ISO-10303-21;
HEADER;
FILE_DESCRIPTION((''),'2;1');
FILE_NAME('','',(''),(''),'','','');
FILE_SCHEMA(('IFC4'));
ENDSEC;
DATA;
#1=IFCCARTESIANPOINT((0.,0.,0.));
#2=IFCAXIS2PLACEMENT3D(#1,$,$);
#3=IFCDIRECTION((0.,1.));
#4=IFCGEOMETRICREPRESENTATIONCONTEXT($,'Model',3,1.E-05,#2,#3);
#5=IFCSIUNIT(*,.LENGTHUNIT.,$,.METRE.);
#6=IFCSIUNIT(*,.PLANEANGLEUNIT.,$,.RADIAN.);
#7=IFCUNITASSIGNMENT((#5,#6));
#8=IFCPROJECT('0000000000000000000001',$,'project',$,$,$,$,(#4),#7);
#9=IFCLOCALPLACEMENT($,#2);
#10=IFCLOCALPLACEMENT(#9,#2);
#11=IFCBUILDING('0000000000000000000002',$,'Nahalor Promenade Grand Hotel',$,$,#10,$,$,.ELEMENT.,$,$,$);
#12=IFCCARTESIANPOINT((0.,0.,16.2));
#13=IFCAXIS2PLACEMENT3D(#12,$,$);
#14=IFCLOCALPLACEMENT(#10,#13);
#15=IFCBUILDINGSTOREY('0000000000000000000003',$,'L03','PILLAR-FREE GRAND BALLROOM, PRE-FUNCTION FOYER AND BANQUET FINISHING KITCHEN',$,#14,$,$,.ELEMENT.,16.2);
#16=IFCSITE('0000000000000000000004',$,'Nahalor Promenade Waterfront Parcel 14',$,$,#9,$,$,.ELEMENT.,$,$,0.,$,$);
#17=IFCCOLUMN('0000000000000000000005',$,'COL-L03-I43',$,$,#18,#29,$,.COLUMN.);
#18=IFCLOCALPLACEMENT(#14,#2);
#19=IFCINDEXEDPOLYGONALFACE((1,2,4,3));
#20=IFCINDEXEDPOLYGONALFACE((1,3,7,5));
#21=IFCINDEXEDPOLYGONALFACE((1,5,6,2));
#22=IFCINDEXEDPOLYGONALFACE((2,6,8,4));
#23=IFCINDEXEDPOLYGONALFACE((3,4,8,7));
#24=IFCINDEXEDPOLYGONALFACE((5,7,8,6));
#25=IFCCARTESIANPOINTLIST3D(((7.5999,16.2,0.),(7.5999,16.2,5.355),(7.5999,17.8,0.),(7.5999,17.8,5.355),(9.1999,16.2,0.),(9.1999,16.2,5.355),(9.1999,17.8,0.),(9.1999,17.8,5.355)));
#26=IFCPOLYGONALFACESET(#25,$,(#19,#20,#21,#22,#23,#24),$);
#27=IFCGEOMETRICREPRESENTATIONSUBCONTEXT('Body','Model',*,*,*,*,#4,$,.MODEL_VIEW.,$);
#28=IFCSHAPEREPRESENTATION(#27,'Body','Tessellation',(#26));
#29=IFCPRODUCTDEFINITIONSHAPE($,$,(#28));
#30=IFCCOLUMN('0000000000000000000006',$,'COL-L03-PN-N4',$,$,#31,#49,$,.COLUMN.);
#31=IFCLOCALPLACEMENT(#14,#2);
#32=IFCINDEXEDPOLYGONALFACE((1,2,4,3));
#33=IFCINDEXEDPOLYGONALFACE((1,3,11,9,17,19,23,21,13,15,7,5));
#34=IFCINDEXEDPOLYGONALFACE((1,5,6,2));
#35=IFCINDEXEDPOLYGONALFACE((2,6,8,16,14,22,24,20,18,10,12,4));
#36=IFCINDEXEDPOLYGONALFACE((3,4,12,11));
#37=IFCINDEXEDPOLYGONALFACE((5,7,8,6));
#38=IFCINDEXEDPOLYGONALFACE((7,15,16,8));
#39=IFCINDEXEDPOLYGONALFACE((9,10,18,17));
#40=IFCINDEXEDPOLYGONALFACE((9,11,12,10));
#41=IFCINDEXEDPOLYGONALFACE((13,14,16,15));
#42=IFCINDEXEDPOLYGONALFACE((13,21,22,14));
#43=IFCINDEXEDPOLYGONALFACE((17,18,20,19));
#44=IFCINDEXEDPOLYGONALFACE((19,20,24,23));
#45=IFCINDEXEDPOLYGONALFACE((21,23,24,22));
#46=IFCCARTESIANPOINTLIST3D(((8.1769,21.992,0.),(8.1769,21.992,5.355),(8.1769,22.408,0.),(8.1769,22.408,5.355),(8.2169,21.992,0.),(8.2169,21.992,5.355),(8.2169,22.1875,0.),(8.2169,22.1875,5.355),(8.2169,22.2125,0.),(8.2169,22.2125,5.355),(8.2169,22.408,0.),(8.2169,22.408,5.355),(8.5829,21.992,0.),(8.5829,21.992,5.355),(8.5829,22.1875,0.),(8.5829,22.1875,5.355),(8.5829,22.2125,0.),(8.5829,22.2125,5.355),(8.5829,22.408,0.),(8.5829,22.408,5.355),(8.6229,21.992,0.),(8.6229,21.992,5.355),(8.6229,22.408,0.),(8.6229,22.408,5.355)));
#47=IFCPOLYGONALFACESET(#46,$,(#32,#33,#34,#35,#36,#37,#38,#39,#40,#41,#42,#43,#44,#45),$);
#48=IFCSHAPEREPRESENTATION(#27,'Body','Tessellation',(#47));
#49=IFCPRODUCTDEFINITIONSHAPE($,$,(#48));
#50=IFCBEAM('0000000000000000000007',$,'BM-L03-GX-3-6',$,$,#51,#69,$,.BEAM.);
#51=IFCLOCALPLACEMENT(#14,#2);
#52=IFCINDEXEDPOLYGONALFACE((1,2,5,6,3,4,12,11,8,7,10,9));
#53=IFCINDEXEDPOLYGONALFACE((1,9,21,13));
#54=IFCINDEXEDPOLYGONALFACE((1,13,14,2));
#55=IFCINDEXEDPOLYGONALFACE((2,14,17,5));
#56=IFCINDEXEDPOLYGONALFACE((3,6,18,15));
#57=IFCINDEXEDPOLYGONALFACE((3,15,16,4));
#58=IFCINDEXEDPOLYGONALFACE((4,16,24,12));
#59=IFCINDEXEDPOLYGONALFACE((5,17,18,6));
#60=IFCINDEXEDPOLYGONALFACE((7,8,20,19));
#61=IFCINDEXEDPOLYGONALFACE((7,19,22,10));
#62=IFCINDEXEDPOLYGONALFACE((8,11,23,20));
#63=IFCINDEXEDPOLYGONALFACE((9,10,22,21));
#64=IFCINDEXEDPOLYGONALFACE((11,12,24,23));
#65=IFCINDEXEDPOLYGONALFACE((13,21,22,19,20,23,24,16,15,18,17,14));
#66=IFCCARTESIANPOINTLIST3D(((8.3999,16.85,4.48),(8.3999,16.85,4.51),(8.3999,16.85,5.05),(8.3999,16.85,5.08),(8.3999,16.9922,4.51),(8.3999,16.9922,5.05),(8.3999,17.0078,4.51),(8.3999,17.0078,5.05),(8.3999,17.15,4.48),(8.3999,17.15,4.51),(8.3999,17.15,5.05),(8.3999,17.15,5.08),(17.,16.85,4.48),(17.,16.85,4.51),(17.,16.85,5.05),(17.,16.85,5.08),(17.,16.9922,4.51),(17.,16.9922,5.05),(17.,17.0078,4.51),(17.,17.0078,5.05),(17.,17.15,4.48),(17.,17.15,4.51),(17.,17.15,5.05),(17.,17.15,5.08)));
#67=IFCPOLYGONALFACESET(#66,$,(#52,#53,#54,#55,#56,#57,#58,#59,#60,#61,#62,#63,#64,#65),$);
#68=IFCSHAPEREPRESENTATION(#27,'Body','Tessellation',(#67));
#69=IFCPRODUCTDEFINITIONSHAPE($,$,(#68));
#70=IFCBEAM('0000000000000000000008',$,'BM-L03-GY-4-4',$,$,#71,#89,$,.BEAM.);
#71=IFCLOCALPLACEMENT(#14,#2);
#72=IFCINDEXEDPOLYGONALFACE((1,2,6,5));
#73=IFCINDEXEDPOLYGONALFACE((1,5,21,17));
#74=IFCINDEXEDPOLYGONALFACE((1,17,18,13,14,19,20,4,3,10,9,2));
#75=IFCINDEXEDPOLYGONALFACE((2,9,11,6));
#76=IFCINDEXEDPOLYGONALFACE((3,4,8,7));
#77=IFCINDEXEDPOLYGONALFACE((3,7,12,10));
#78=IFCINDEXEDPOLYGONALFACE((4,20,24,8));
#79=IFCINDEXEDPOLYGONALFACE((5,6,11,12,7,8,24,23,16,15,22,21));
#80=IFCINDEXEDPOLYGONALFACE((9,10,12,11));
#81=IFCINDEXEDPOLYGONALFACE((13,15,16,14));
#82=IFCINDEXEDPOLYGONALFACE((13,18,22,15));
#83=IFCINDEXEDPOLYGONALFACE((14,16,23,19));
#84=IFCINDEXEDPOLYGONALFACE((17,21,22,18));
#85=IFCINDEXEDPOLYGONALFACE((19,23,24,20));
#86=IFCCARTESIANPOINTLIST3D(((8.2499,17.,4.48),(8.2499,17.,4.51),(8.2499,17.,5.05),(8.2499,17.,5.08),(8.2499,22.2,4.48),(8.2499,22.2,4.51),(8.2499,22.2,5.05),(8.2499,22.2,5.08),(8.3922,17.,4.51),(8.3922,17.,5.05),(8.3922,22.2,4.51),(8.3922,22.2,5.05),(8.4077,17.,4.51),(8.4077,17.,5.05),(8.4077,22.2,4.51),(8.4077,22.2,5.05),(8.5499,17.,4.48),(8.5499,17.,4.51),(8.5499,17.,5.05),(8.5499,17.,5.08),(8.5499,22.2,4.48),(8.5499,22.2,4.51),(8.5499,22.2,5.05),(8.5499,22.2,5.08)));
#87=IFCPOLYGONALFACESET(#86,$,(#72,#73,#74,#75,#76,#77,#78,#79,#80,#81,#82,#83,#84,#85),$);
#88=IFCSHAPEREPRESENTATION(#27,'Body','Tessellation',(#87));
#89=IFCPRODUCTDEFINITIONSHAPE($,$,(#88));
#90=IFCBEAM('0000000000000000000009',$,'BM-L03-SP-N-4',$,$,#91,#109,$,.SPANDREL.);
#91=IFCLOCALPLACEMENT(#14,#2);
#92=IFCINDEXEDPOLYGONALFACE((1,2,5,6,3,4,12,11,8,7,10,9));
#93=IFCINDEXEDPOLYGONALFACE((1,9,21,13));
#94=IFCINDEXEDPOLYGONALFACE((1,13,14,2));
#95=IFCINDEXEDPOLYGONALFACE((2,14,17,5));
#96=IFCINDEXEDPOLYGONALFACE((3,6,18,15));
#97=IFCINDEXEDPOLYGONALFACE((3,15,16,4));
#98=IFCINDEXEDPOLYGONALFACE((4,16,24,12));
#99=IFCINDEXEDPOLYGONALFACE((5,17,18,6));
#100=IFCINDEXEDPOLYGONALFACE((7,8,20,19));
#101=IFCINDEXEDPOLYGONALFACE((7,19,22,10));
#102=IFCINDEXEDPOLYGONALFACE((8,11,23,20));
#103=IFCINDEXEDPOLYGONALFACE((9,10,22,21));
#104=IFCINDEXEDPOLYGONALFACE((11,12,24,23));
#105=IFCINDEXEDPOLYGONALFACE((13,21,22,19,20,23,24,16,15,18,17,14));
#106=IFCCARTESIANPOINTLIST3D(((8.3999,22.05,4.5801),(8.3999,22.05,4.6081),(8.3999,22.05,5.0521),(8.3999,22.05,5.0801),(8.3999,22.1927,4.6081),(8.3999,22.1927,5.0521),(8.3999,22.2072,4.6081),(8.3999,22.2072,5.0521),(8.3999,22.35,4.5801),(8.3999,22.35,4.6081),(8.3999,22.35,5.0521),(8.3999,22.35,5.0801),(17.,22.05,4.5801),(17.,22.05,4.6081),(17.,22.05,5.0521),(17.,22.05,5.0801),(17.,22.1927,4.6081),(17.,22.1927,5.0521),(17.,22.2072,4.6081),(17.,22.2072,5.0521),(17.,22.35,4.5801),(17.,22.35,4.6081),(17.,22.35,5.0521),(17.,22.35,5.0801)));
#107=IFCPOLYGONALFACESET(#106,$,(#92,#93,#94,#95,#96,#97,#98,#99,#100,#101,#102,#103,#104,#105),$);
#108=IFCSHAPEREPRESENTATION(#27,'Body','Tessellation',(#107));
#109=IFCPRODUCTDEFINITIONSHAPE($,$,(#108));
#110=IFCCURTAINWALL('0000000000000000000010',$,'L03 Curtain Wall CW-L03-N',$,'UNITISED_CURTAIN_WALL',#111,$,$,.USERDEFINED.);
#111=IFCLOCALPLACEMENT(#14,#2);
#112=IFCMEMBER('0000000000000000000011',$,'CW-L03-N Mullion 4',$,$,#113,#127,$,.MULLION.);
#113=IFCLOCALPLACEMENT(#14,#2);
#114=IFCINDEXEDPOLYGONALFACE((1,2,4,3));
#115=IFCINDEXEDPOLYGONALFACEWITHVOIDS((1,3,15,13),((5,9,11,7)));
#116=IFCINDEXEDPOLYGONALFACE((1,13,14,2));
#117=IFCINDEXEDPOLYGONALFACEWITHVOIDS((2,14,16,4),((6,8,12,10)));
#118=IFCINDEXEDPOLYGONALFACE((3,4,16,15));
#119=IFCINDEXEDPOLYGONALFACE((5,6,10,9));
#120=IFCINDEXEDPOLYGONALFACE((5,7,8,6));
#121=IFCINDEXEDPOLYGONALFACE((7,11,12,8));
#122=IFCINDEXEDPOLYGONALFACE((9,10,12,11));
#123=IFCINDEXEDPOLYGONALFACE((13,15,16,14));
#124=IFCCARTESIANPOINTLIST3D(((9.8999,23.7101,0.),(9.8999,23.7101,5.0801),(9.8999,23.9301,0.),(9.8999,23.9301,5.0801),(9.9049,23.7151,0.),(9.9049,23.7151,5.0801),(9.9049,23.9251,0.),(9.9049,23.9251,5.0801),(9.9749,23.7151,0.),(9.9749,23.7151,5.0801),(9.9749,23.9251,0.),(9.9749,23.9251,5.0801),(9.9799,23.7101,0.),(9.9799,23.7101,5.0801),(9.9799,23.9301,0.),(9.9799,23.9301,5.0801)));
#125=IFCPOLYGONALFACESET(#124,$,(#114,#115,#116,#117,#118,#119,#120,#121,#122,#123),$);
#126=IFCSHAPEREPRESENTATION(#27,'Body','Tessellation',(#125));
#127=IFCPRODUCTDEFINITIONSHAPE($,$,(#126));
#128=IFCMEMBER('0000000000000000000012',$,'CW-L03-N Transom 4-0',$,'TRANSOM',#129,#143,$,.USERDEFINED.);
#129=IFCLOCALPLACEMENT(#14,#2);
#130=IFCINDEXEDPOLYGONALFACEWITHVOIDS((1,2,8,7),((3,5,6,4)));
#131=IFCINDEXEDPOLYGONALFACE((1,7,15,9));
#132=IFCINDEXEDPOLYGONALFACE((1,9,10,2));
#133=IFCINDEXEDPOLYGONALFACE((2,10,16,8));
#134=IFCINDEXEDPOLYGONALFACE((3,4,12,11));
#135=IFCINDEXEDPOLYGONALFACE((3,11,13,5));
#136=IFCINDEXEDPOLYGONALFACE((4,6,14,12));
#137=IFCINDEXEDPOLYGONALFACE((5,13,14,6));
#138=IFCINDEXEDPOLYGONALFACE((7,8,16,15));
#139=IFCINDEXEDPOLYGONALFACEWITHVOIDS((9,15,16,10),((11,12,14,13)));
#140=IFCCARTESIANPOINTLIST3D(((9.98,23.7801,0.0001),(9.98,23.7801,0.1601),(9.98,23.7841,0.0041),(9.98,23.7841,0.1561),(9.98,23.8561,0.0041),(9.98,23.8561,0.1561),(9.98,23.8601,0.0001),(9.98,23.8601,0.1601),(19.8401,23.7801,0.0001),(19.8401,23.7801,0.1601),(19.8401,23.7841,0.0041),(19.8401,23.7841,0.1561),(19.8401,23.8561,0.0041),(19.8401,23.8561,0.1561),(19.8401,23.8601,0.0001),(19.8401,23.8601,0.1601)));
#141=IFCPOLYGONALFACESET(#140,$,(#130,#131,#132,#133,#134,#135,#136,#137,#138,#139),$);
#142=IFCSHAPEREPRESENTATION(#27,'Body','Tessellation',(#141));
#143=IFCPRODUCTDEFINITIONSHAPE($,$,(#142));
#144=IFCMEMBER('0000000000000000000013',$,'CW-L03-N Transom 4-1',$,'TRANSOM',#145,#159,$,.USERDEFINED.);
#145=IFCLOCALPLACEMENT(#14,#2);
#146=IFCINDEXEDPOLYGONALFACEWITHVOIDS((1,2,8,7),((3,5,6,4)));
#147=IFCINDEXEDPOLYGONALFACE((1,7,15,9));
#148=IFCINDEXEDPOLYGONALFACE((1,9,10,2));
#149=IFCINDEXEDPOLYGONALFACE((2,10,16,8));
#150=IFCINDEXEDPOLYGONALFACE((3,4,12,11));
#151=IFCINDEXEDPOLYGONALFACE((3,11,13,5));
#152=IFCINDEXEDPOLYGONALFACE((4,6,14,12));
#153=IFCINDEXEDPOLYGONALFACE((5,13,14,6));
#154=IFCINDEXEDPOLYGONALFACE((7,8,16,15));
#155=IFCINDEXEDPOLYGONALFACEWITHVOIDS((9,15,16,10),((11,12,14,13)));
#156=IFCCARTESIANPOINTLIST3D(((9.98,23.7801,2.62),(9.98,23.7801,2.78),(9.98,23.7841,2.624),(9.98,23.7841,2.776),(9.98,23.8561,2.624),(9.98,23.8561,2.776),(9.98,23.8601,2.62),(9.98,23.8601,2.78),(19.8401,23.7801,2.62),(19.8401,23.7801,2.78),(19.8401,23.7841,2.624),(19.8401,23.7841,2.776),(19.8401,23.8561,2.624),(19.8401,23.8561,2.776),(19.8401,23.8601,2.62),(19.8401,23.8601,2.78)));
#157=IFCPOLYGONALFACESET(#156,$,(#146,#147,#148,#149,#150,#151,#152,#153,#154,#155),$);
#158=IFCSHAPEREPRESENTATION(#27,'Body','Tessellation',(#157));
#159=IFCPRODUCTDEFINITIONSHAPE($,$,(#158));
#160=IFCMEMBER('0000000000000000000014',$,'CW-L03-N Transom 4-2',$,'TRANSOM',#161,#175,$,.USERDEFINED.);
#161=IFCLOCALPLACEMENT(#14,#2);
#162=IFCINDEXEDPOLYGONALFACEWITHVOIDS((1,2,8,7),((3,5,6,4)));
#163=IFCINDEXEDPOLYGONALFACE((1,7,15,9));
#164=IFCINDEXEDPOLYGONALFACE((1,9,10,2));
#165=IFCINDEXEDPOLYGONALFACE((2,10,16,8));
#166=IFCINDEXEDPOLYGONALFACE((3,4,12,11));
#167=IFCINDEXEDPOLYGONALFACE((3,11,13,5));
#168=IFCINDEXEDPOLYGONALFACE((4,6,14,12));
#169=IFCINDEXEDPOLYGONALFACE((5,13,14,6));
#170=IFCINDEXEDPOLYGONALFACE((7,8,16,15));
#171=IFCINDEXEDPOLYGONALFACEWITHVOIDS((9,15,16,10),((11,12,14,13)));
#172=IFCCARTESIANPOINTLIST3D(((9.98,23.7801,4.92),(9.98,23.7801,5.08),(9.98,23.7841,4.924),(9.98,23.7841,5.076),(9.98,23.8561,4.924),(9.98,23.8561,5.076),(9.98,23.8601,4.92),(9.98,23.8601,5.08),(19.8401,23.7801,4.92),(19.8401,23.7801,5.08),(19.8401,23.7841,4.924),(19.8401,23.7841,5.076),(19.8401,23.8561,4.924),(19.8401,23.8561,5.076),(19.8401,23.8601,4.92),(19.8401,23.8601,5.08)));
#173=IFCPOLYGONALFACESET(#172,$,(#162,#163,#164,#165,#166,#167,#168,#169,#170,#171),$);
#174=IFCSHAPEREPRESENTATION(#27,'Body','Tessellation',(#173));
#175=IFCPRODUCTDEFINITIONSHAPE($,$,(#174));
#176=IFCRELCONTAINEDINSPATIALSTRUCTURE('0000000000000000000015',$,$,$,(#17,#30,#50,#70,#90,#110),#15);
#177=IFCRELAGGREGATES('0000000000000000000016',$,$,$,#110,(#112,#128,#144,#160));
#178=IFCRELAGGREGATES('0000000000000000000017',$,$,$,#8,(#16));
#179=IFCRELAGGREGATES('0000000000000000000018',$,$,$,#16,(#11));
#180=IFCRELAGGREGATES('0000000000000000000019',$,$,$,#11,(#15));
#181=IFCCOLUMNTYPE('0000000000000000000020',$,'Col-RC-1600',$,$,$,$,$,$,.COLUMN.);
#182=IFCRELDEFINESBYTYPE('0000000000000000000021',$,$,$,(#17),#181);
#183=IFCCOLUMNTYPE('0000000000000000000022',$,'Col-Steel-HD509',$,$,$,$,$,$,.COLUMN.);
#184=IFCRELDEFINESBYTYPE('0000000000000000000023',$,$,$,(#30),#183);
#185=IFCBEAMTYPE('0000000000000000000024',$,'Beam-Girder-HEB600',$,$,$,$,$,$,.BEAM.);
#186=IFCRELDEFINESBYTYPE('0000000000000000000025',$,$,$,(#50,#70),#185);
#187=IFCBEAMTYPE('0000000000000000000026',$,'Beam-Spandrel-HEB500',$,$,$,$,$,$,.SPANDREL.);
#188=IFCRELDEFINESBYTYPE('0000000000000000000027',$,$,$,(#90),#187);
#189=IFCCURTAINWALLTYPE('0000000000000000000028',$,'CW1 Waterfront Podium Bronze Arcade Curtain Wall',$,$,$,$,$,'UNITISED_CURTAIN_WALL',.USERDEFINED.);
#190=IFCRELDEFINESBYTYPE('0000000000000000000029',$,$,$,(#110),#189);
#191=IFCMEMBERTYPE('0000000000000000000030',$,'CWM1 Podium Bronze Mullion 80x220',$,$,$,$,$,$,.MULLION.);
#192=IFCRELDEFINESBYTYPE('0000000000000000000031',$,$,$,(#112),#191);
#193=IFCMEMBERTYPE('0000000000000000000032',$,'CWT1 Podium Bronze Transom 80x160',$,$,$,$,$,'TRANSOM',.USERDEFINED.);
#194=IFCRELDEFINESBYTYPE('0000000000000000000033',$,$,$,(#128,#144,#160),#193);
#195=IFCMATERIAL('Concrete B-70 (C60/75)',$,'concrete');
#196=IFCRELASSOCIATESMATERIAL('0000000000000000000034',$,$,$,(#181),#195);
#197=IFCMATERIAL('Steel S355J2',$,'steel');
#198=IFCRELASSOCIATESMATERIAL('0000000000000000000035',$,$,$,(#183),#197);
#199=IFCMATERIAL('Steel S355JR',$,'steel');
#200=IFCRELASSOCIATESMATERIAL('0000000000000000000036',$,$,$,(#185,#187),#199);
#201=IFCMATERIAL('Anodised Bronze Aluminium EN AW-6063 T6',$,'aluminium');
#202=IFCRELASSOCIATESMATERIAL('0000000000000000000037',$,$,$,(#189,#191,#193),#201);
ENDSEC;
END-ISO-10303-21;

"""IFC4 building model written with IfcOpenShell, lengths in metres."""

from ifc_helpers import new_model, si_unit, direction, frame, origin, origin_2d, place, context, subcontext, project, spatial, rectangle, hollow_rectangle, i_section, extrude, source, transform, mapped, material, material_profile, profile_set, type_object, element, aggregate, save


model = new_model("IFC4")

# Units and contexts
model_context = context("Model", 3, precision=1e-05, world=origin(), true_north=direction((0.0, 1.0)))
body_context = subcontext(model_context, "Body", "Model", "MODEL_VIEW")
ifc_project = project(units=[si_unit("LENGTHUNIT", "METRE"), si_unit("PLANEANGLEUNIT", "RADIAN")], contexts=[model_context])

# Site, building, storey
site_placement = place(None, origin())
site = spatial("IfcSite", under=ifc_project, at=site_placement, Name="Nahalor Promenade Waterfront Parcel 14", CompositionType="ELEMENT", RefElevation=0.0)
building_placement = place(site_placement, origin())
building = spatial("IfcBuilding", under=site, at=building_placement, Name="Nahalor Promenade Grand Hotel", CompositionType="ELEMENT")
storey_placement = place(building_placement, frame((0.0, 0.0, 16.2)))
storey = spatial("IfcBuildingStorey", under=building, at=storey_placement, Name="L03", Description="PILLAR-FREE GRAND BALLROOM, PRE-FUNCTION FOYER AND BANQUET FINISHING KITCHEN", CompositionType="ELEMENT", Elevation=16.2)

# Columns
ifc_material_1 = material(Name="Concrete B-70 (C60/75)", Category="concrete")
ifc_material_profile_1 = material_profile(ifc_material_1, rectangle(XDim=1.6, YDim=1.6, at=origin_2d()), Name="RC 1600x1600")
ifc_profile_set_1 = profile_set([ifc_material_profile_1], Name="Concrete B-70 (C60/75)")
column_type_1 = type_object("IfcColumnType", Name="Col-RC-1600", PredefinedType="COLUMN", material=ifc_profile_set_1)
shared_shape_1 = source(origin(), body_context, "Body", "SweptSolid", [
    extrude(rectangle(XDim=1.6, YDim=1.6, at=origin_2d()), origin(), (0.0, 0.0, 1.0), 5.355),
])
column_1_placement = place(storey_placement, frame((8.3999, 17.0, 0.0), z_axis=(0.0, 0.0, 1.0), x_axis=(1.0, 0.0, 0.0)))
element("IfcColumn", 1, at=column_1_placement, inside=storey, type_object=column_type_1, Name="COL-L03-I43", PredefinedType="COLUMN", context=body_context, shape_type="MappedRepresentation", body=[
    mapped(shared_shape_1, transform((0.0, 0.0, 0.0), scale=1.0)),
])
ifc_material_2 = material(Name="Steel S355J2", Category="steel")
ifc_material_profile_2 = material_profile(ifc_material_2, i_section(OverallWidth=0.416, OverallDepth=0.446, WebThickness=0.025, FlangeThickness=0.04, at=origin_2d()), Name="HD 400x509")
ifc_profile_set_2 = profile_set([ifc_material_profile_2], Name="Steel S355J2")
column_type_2 = type_object("IfcColumnType", Name="Col-Steel-HD509", PredefinedType="COLUMN", material=ifc_profile_set_2)
shared_shape_2 = source(origin(), body_context, "Body", "SweptSolid", [
    extrude(i_section(OverallWidth=0.416, OverallDepth=0.446, WebThickness=0.025, FlangeThickness=0.04, at=origin_2d()), origin(), (0.0, 0.0, 1.0), 5.355),
])
column_2_placement = place(storey_placement, frame((8.3999, 22.2, 0.0), z_axis=(0.0, 0.0, 1.0), x_axis=(0.0, 1.0, 0.0)))
element("IfcColumn", 2, at=column_2_placement, inside=storey, type_object=column_type_2, Name="COL-L03-PN-N4", PredefinedType="COLUMN", context=body_context, shape_type="MappedRepresentation", body=[
    mapped(shared_shape_2, transform((0.0, 0.0, 0.0), scale=1.0)),
])

# Beams
ifc_material_3 = material(Name="Steel S355JR", Category="steel")
ifc_material_profile_3 = material_profile(ifc_material_3, i_section(OverallWidth=0.3, OverallDepth=0.6, WebThickness=0.0155, FlangeThickness=0.03, at=origin_2d()), Name="HEB 600")
ifc_profile_set_3 = profile_set([ifc_material_profile_3], Name="Steel S355JR")
beam_type_1 = type_object("IfcBeamType", Name="Beam-Girder-HEB600", PredefinedType="BEAM", material=ifc_profile_set_3)
shared_shape_3 = source(origin(), body_context, "Body", "SweptSolid", [
    extrude(i_section(OverallWidth=0.3, OverallDepth=0.6, WebThickness=0.0155, FlangeThickness=0.03, at=origin_2d()), origin(), (0.0, 0.0, 1.0), 8.6001),
])
beam_1_placement = place(storey_placement, frame((8.3999, 17.0, 4.78), z_axis=(1.0, 0.0, 0.0), x_axis=(0.0, 1.0, 0.0)))
element("IfcBeam", 3, at=beam_1_placement, inside=storey, type_object=beam_type_1, Name="BM-L03-GX-3-6", PredefinedType="BEAM", context=body_context, shape_type="MappedRepresentation", body=[
    mapped(shared_shape_3, transform((0.0, 0.0, 0.0), scale=1.0)),
])
shared_shape_4 = source(origin(), body_context, "Body", "SweptSolid", [
    extrude(i_section(OverallWidth=0.3, OverallDepth=0.6, WebThickness=0.0155, FlangeThickness=0.03, at=origin_2d()), origin(), (0.0, 0.0, 1.0), 5.2),
])
beam_2_placement = place(storey_placement, frame((8.3999, 17.0, 4.78), z_axis=(0.0, 1.0, 0.0), x_axis=(-1.0, 0.0, 0.0)))
element("IfcBeam", 4, at=beam_2_placement, inside=storey, type_object=beam_type_1, Name="BM-L03-GY-4-4", PredefinedType="BEAM", context=body_context, shape_type="MappedRepresentation", body=[
    mapped(shared_shape_4, transform((0.0, 0.0, 0.0), scale=1.0)),
])
ifc_material_profile_4 = material_profile(ifc_material_3, i_section(OverallWidth=0.3, OverallDepth=0.5, WebThickness=0.0145, FlangeThickness=0.028, at=origin_2d()), Name="HEB 500")
ifc_profile_set_4 = profile_set([ifc_material_profile_4], Name="Steel S355JR")
beam_type_2 = type_object("IfcBeamType", Name="Beam-Spandrel-HEB500", PredefinedType="SPANDREL", material=ifc_profile_set_4)
shared_shape_5 = source(origin(), body_context, "Body", "SweptSolid", [
    extrude(i_section(OverallWidth=0.3, OverallDepth=0.5, WebThickness=0.0145, FlangeThickness=0.028, at=origin_2d()), origin(), (0.0, 0.0, 1.0), 8.6001),
])
beam_3_placement = place(storey_placement, frame((8.3999, 22.2, 4.8301), z_axis=(1.0, 0.0, 0.0), x_axis=(0.0, 1.0, 0.0)))
element("IfcBeam", 5, at=beam_3_placement, inside=storey, type_object=beam_type_2, Name="BM-L03-SP-N-4", PredefinedType="SPANDREL", context=body_context, shape_type="MappedRepresentation", body=[
    mapped(shared_shape_5, transform((0.0, 0.0, 0.0), scale=1.0)),
])

# Curtain wall, members
ifc_material_4 = material(Name="Anodised Bronze Aluminium EN AW-6063 T6", Category="aluminium")
curtain_wall_type = type_object("IfcCurtainWallType", Name="CW1 Waterfront Podium Bronze Arcade Curtain Wall", ElementType="UNITISED_CURTAIN_WALL", PredefinedType="USERDEFINED", material=ifc_material_4)
curtain_wall_placement = place(storey_placement, origin())
curtain_wall = element("IfcCurtainWall", 6, at=curtain_wall_placement, inside=storey, type_object=curtain_wall_type, Name="L03 Curtain Wall CW-L03-N", ObjectType="UNITISED_CURTAIN_WALL", PredefinedType="USERDEFINED")
ifc_material_profile_5 = material_profile(ifc_material_4, hollow_rectangle(XDim=0.08, YDim=0.22, WallThickness=0.005, at=origin_2d()), Name="CWM 80x220x5")
ifc_profile_set_5 = profile_set([ifc_material_profile_5], Name="Anodised Bronze Aluminium EN AW-6063 T6")
member_type_1 = type_object("IfcMemberType", Name="CWM1 Podium Bronze Mullion 80x220", PredefinedType="MULLION", material=ifc_profile_set_5)
shared_shape_6 = source(origin(), body_context, "Body", "SweptSolid", [
    extrude(hollow_rectangle(XDim=0.08, YDim=0.22, WallThickness=0.005, at=origin_2d()), origin(), (0.0, 0.0, 1.0), 5.0801),
])
member_1_placement = place(storey_placement, frame((9.9399, 23.8201, 0.0), z_axis=(0.0, 0.0, 1.0), x_axis=(1.0, 0.0, 0.0)))
member_1 = element("IfcMember", 7, at=member_1_placement, type_object=member_type_1, Name="CW-L03-N Mullion 4", PredefinedType="MULLION", context=body_context, shape_type="MappedRepresentation", body=[
    mapped(shared_shape_6, transform((0.0, 0.0, 0.0), scale=1.0)),
])
ifc_material_profile_6 = material_profile(ifc_material_4, hollow_rectangle(XDim=0.08, YDim=0.16, WallThickness=0.004, at=origin_2d()), Name="CWT 80x160x4")
ifc_profile_set_6 = profile_set([ifc_material_profile_6], Name="Anodised Bronze Aluminium EN AW-6063 T6")
member_type_2 = type_object("IfcMemberType", Name="CWT1 Podium Bronze Transom 80x160", ElementType="TRANSOM", PredefinedType="USERDEFINED", material=ifc_profile_set_6)
shared_shape_7 = source(origin(), body_context, "Body", "SweptSolid", [
    extrude(hollow_rectangle(XDim=0.08, YDim=0.16, WallThickness=0.004, at=origin_2d()), origin(), (0.0, 0.0, 1.0), 9.8601),
])
member_2_placement = place(storey_placement, frame((9.98, 23.8201, 0.0801), z_axis=(1.0, 0.0, 0.0), x_axis=(0.0, 1.0, 0.0)))
member_2 = element("IfcMember", 8, at=member_2_placement, type_object=member_type_2, Name="CW-L03-N Transom 4-0", ObjectType="TRANSOM", PredefinedType="USERDEFINED", context=body_context, shape_type="MappedRepresentation", body=[
    mapped(shared_shape_7, transform((0.0, 0.0, 0.0), scale=1.0)),
])
member_3_placement = place(storey_placement, frame((9.98, 23.8201, 2.7), z_axis=(1.0, 0.0, 0.0), x_axis=(0.0, 1.0, 0.0)))
member_3 = element("IfcMember", 9, at=member_3_placement, type_object=member_type_2, Name="CW-L03-N Transom 4-1", ObjectType="TRANSOM", PredefinedType="USERDEFINED", context=body_context, shape_type="MappedRepresentation", body=[
    mapped(shared_shape_7, transform((0.0, 0.0, 0.0), scale=1.0)),
])
member_4_placement = place(storey_placement, frame((9.98, 23.8201, 5.0), z_axis=(1.0, 0.0, 0.0), x_axis=(0.0, 1.0, 0.0)))
member_4 = element("IfcMember", 10, at=member_4_placement, type_object=member_type_2, Name="CW-L03-N Transom 4-2", ObjectType="TRANSOM", PredefinedType="USERDEFINED", context=body_context, shape_type="MappedRepresentation", body=[
    mapped(shared_shape_7, transform((0.0, 0.0, 0.0), scale=1.0)),
])
aggregate(curtain_wall, [member_1, member_2, member_3, member_4])

save(model, "model.ifc")
